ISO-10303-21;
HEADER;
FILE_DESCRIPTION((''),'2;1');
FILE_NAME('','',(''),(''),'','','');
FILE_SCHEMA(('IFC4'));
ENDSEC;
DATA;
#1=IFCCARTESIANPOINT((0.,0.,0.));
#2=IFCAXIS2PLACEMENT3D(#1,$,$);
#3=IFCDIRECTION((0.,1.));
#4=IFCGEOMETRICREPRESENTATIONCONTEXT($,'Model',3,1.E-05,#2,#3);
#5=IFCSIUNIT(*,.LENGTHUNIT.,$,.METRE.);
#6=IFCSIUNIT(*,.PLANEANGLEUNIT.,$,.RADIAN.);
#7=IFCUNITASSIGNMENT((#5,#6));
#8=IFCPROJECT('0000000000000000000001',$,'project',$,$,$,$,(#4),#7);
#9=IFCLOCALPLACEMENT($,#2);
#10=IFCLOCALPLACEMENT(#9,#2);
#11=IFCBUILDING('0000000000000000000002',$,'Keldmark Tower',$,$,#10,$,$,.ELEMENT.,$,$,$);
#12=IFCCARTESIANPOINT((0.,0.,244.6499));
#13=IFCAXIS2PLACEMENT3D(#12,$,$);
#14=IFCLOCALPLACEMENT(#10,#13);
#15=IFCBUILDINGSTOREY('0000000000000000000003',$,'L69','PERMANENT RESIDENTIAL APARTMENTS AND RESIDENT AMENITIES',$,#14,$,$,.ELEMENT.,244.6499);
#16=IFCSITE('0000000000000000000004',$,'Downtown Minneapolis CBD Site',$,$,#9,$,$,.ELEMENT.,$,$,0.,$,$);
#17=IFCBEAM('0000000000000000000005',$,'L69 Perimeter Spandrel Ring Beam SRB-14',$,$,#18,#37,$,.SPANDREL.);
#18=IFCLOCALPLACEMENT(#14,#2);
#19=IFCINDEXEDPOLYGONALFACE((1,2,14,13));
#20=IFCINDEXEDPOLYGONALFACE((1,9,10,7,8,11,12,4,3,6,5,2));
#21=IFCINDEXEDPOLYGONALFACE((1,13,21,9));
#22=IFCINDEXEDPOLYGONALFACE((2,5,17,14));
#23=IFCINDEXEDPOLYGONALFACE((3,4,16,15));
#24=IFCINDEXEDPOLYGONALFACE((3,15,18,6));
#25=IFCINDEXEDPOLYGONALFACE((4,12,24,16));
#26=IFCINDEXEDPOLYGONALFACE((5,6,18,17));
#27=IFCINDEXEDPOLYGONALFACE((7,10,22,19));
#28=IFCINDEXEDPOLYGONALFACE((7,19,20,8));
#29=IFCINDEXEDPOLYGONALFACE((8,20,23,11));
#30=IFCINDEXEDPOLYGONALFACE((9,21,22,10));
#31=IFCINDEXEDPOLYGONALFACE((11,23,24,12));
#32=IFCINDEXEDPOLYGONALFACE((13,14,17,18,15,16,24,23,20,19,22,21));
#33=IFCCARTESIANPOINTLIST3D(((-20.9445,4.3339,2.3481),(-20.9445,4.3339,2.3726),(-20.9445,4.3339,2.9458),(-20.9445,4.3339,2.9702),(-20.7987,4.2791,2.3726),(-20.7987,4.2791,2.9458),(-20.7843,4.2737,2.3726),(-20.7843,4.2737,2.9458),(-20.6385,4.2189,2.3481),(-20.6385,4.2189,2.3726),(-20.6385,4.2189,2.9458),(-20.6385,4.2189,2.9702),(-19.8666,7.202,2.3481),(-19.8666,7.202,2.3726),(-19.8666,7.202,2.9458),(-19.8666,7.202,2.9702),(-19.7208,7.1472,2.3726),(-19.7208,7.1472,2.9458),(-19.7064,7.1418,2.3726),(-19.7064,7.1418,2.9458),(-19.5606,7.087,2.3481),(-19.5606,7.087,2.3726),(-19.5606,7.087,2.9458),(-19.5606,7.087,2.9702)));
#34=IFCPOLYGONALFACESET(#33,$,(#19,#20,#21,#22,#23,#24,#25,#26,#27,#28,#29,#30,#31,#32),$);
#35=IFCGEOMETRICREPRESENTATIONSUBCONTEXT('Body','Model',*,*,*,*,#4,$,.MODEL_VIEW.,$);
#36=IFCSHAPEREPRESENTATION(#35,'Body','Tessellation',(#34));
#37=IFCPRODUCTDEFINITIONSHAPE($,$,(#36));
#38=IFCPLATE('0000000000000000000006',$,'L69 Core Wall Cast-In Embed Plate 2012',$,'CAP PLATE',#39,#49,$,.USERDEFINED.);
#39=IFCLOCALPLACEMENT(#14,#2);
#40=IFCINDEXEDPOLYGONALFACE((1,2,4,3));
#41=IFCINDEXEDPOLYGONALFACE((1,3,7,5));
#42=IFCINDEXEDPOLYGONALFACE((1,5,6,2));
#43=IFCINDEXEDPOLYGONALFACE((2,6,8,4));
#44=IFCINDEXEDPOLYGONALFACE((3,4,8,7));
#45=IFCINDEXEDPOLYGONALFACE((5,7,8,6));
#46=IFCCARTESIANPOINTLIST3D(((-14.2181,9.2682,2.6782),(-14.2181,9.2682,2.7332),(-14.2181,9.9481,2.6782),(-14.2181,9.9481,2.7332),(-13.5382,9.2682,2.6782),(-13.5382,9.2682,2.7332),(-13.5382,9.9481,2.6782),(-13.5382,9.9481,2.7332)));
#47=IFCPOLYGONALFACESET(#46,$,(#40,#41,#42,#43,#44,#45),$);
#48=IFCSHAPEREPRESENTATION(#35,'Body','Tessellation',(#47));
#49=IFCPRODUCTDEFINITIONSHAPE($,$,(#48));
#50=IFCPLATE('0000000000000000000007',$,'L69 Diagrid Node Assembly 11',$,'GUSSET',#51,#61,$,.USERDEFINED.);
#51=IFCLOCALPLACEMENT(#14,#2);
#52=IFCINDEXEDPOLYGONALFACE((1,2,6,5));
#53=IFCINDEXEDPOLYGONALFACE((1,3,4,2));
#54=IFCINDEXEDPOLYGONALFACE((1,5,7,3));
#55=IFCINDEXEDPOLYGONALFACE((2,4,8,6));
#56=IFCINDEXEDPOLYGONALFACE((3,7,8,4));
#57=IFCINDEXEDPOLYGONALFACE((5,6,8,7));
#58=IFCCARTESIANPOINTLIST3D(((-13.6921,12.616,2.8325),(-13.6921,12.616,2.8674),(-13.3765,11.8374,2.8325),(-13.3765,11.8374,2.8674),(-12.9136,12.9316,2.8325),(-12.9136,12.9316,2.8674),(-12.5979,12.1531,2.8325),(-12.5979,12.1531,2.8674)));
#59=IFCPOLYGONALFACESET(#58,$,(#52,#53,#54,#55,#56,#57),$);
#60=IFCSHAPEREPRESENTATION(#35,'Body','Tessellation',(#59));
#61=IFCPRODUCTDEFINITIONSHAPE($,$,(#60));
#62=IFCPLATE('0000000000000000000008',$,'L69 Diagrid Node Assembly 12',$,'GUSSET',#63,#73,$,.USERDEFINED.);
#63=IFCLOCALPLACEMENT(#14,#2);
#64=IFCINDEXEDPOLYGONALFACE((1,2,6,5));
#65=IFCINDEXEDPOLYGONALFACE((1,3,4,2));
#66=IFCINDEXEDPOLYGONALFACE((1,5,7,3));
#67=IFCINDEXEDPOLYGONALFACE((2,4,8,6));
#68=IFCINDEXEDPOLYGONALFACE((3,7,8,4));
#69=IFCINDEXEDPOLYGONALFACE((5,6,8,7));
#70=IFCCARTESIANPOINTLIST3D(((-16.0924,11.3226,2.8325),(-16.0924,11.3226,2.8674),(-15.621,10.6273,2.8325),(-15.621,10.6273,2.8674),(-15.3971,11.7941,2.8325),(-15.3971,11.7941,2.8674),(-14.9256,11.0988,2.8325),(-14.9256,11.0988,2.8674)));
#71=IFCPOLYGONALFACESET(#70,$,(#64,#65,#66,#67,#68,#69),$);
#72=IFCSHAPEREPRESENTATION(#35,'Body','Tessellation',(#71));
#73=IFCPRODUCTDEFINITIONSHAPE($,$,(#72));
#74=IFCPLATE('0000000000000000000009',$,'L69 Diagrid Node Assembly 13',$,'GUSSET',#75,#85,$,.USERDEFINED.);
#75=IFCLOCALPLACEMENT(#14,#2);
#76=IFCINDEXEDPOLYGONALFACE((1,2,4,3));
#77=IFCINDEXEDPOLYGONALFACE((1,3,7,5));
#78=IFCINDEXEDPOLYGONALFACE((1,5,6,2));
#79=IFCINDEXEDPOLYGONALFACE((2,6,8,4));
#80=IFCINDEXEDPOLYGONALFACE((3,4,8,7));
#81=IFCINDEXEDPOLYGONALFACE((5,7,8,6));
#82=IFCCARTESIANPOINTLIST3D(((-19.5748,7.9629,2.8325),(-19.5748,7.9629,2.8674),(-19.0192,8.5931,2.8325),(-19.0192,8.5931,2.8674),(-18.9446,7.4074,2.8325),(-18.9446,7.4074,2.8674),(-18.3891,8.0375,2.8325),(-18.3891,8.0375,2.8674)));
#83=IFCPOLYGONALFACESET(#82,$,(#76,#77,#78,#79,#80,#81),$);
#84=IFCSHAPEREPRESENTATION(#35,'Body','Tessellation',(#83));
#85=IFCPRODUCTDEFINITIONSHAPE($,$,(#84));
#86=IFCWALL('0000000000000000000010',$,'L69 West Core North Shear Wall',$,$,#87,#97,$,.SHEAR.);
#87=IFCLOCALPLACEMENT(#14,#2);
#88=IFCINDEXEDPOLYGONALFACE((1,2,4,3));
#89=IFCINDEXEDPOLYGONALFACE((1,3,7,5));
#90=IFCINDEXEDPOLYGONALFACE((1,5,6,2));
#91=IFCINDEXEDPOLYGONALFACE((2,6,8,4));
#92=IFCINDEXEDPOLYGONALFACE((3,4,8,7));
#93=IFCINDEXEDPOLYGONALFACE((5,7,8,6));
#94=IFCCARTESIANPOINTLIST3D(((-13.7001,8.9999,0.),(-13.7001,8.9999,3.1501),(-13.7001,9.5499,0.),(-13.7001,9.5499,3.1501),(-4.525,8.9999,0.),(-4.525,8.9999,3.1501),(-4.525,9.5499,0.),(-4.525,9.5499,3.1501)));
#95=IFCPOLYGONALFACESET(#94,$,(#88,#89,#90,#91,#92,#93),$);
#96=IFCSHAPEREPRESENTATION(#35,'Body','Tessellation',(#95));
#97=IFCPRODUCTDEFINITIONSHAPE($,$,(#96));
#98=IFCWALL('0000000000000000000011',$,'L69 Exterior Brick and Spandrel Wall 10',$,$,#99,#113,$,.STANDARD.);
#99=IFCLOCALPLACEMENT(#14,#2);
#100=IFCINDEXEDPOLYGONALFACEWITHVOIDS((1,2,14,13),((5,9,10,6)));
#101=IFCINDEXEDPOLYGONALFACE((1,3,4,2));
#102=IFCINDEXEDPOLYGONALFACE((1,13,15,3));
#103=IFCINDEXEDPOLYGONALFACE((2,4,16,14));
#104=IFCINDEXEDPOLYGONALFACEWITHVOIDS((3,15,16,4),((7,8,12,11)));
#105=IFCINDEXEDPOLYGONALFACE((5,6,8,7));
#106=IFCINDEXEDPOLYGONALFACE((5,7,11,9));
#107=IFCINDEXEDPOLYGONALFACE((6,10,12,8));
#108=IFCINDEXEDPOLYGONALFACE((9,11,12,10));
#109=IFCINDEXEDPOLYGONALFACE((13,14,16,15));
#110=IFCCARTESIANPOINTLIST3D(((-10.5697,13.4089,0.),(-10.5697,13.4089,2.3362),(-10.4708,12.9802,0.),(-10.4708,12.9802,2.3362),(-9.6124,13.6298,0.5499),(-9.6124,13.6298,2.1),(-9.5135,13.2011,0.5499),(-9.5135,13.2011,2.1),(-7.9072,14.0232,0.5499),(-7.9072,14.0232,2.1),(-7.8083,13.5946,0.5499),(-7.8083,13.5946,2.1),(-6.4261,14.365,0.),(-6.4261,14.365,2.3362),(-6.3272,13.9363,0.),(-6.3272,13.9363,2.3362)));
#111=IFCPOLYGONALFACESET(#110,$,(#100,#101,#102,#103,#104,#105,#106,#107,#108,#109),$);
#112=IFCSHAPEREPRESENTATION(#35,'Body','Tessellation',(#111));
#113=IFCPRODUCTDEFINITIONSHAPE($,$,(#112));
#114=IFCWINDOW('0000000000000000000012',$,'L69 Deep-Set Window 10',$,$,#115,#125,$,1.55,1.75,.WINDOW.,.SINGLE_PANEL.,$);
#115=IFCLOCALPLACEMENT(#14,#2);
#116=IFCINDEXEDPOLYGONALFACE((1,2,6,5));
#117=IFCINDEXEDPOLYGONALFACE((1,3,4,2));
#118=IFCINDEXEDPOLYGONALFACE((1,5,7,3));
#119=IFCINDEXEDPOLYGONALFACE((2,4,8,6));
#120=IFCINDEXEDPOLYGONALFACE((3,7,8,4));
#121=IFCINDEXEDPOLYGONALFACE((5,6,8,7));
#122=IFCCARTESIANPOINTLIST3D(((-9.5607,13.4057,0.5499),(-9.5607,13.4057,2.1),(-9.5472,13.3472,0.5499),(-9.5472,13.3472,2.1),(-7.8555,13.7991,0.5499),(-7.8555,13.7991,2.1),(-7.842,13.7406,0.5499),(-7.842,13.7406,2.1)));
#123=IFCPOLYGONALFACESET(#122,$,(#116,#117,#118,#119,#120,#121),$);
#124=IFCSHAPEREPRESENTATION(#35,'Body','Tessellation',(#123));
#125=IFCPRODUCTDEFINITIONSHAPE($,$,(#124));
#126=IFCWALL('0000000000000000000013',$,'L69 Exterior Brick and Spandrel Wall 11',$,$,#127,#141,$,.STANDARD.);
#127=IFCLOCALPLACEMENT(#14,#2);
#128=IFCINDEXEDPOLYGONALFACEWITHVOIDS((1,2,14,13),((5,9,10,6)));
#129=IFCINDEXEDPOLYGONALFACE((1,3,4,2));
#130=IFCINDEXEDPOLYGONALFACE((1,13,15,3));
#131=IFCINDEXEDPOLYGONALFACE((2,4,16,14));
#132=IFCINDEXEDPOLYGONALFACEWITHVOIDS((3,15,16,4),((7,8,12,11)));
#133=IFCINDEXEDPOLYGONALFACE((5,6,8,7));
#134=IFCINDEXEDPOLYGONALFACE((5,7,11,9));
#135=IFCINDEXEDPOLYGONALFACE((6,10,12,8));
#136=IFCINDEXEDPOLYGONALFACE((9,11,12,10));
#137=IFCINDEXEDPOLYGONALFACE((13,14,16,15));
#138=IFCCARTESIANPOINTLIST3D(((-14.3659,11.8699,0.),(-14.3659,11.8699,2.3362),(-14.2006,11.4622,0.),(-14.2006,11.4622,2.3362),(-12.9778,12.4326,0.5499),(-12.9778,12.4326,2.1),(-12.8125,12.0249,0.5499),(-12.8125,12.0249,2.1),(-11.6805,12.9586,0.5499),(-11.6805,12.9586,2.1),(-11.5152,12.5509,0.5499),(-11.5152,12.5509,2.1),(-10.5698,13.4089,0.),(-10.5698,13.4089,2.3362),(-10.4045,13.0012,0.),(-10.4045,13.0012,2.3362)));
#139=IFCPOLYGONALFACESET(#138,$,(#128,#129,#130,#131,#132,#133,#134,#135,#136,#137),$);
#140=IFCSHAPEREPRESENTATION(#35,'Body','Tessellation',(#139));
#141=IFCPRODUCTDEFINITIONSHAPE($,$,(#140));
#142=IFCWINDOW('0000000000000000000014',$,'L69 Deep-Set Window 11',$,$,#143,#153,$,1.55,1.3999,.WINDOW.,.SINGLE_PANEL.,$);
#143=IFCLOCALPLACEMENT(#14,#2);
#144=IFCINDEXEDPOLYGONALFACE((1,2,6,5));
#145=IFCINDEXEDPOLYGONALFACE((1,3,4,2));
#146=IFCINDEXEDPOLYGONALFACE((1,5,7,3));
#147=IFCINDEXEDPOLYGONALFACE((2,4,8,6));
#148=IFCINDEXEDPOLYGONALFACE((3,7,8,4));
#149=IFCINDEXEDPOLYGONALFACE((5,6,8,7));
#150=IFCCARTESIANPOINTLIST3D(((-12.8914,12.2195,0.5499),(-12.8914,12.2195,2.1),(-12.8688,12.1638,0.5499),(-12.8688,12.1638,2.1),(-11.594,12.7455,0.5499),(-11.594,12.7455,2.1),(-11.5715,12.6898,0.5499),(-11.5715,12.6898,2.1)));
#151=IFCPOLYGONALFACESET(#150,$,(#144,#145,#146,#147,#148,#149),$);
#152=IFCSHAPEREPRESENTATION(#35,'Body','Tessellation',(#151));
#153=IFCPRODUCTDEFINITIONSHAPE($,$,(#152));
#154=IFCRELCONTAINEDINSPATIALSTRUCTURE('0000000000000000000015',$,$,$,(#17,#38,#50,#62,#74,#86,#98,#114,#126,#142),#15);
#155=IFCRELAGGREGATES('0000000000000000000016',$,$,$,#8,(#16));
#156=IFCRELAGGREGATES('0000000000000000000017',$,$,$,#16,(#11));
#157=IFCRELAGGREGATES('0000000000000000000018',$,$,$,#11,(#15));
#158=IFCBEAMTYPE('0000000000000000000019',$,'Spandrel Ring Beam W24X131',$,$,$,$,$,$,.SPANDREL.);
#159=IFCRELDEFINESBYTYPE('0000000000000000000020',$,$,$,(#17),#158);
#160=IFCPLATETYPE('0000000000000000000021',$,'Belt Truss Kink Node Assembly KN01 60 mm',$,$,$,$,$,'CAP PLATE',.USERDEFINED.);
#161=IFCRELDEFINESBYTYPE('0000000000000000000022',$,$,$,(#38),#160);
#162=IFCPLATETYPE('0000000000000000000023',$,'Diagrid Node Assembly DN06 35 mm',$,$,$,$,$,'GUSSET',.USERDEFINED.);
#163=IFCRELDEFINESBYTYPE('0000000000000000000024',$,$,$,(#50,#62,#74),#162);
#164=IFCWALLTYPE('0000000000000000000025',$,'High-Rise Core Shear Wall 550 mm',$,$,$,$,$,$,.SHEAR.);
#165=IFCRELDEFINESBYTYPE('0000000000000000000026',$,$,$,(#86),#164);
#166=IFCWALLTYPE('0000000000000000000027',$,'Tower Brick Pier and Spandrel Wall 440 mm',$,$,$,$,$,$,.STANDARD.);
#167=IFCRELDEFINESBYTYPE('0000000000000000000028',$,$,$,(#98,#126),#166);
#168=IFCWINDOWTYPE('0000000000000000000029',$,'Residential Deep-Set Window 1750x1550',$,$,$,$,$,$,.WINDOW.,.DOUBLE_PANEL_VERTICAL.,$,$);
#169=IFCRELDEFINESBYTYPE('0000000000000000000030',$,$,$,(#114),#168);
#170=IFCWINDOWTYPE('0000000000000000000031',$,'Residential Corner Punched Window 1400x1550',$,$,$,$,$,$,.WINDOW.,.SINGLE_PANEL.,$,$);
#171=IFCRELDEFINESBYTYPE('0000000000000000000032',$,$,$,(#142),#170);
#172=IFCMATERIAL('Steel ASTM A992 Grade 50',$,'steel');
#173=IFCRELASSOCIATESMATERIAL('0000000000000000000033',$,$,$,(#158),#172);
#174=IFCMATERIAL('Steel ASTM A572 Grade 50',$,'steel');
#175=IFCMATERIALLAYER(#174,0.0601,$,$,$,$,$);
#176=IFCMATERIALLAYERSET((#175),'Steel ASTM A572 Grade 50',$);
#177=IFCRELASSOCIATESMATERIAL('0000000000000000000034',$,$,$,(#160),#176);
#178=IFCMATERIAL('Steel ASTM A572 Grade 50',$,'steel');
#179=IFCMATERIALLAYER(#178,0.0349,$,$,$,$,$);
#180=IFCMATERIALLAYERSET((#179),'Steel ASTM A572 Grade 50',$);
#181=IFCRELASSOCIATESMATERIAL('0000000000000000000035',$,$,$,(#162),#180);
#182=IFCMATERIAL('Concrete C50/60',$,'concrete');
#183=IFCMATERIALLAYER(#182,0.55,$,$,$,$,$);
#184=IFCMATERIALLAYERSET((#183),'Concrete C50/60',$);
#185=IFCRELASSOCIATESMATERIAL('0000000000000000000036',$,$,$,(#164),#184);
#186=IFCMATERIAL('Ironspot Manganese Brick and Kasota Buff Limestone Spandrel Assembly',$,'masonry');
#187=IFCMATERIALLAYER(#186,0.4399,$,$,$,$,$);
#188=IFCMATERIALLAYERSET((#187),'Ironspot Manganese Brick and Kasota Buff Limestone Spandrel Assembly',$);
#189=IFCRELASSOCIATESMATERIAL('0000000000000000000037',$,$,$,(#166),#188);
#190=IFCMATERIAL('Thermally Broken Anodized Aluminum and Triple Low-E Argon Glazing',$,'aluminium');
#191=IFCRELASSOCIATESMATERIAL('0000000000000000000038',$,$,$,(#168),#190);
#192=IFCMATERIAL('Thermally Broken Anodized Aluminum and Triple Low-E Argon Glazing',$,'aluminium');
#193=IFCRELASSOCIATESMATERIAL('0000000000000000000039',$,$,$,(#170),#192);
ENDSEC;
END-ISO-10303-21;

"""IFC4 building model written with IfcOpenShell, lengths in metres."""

from ifc_helpers import new_model, si_unit, direction, frame, frame_2d, origin, origin_2d, place, context, subcontext, project, spatial, rectangle, i_section, extrude, material, layer, layer_set, material_profile, profile_set, type_object, element, fill, save


model = new_model("IFC4")

# Units and contexts
model_context = context("Model", 3, precision=1e-05, world=origin(), true_north=direction((0.0, 1.0)))
body_context = subcontext(model_context, "Body", "Model", "MODEL_VIEW")
ifc_project = project(units=[si_unit("LENGTHUNIT", "METRE"), si_unit("PLANEANGLEUNIT", "RADIAN")], contexts=[model_context])

# Site, building, storey
site_placement = place(None, origin())
site = spatial("IfcSite", under=ifc_project, at=site_placement, Name="Downtown Minneapolis CBD Site", CompositionType="ELEMENT", RefElevation=0.0)
building_placement = place(site_placement, origin())
building = spatial("IfcBuilding", under=site, at=building_placement, Name="Keldmark Tower", CompositionType="ELEMENT")
storey_placement = place(building_placement, frame((0.0, 0.0, 244.6499)))
storey = spatial("IfcBuildingStorey", under=building, at=storey_placement, Name="L69", Description="PERMANENT RESIDENTIAL APARTMENTS AND RESIDENT AMENITIES", CompositionType="ELEMENT", Elevation=244.6499)

# Beam
ifc_material_1 = material(Name="Steel ASTM A992 Grade 50", Category="steel")
ifc_material_profile_1 = material_profile(ifc_material_1, i_section(OverallWidth=0.3269, OverallDepth=0.6221, WebThickness=0.0154, FlangeThickness=0.0244, at=origin_2d()), Name="W24X131")
ifc_profile_set_1 = profile_set([ifc_material_profile_1], Name="Steel ASTM A992 Grade 50")
beam_type_1 = type_object("IfcBeamType", Name="Spandrel Ring Beam W24X131", PredefinedType="SPANDREL", material=ifc_profile_set_1)
beam_1_placement = place(storey_placement, frame((-19.7136, 7.1445, 2.6592), z_axis=(-0.351787, -0.93608, 0.0), x_axis=(0.93608, -0.351787, 0.0)))
element("IfcBeam", 1, at=beam_1_placement, inside=storey, type_object=beam_type_1, Name="L69 Perimeter Spandrel Ring Beam SRB-14", PredefinedType="SPANDREL", context=body_context, shape_type="SweptSolid", body=[
    extrude(i_section(OverallWidth=0.3269, OverallDepth=0.6221, WebThickness=0.0154, FlangeThickness=0.0244, at=origin_2d()), origin(), (0.0, 0.0, 1.0), 3.064),
])

# Plates
ifc_material_2 = material(Name="Steel ASTM A572 Grade 50", Category="steel")
ifc_layer_1 = layer(ifc_material_2, 0.0601)
ifc_layer_set_1 = layer_set([ifc_layer_1], Name="Steel ASTM A572 Grade 50")
plate_type_1 = type_object("IfcPlateType", Name="Belt Truss Kink Node Assembly KN01 60 mm", ElementType="CAP PLATE", PredefinedType="USERDEFINED", material=ifc_layer_set_1)
plate_placement = place(storey_placement, frame((-13.8782, 9.6082, 2.6782), z_axis=(0.0, 0.0, 1.0), x_axis=(1.0, 0.0, 0.0)))
element("IfcPlate", 2, at=plate_placement, inside=storey, type_object=plate_type_1, Name="L69 Core Wall Cast-In Embed Plate 2012", ObjectType="CAP PLATE", PredefinedType="USERDEFINED", context=body_context, shape_type="SweptSolid", body=[
    extrude(rectangle(XDim=0.6799, YDim=0.6799, at=origin_2d()), origin(), (0.0, 0.0, 1.0), 0.0549),
])
ifc_material_3 = material(Name="Steel ASTM A572 Grade 50", Category="steel")
ifc_layer_2 = layer(ifc_material_3, 0.0349)
ifc_layer_set_2 = layer_set([ifc_layer_2], Name="Steel ASTM A572 Grade 50")
plate_type_2 = type_object("IfcPlateType", Name="Diagrid Node Assembly DN06 35 mm", ElementType="GUSSET", PredefinedType="USERDEFINED", material=ifc_layer_set_2)
for number, where, z_axis, x_axis, name in (
    (3, (-13.145, 12.3845, 2.8325), (0.0, 0.0, 1.0), (-0.926725, -0.375739, 0.0), "L69 Diagrid Node Assembly 11"),
    (4, (-15.509, 11.2107, 2.8325), (0.0, 0.0, 1.0), (-0.827669, -0.561217, 0.0), "L69 Diagrid Node Assembly 12"),
    (5, (-18.9819, 8.0002, 2.8325), (0.0, 0.0, 1.0), (-0.661312, -0.750111, 0.0), "L69 Diagrid Node Assembly 13"),
):
    element("IfcPlate", number, at=place(storey_placement, frame(where, z_axis=z_axis, x_axis=x_axis)), inside=storey, type_object=plate_type_2, Name=name, ObjectType="GUSSET", PredefinedType="USERDEFINED", context=body_context, shape_type="SweptSolid", body=[
        extrude(rectangle(XDim=0.8401, YDim=0.8401, at=origin_2d()), origin(), (0.0, 0.0, 1.0), 0.0349),
    ])

# Wall
ifc_material_4 = material(Name="Concrete C50/60", Category="concrete")
ifc_layer_3 = layer(ifc_material_4, 0.55)
ifc_layer_set_3 = layer_set([ifc_layer_3], Name="Concrete C50/60")
wall_type_1 = type_object("IfcWallType", Name="High-Rise Core Shear Wall 550 mm", PredefinedType="SHEAR", material=ifc_layer_set_3)
wall_1_placement = place(storey_placement, frame((-13.7, 9.2749, 0.0), z_axis=(0.0, 0.0, 1.0), x_axis=(1.0, 0.0, 0.0)))
element("IfcWall", 6, at=wall_1_placement, inside=storey, type_object=wall_type_1, Name="L69 West Core North Shear Wall", PredefinedType="SHEAR", context=body_context, shape_type="SweptSolid", body=[
    extrude(rectangle(XDim=9.175, YDim=0.55, at=frame_2d((4.5874, 0.0))), origin(), (0.0, 0.0, 1.0), 3.1501),
])

# Walls, openings, windows
ifc_material_5 = material(Name="Ironspot Manganese Brick and Kasota Buff Limestone Spandrel Assembly", Category="masonry")
ifc_layer_4 = layer(ifc_material_5, 0.4399)
ifc_layer_set_4 = layer_set([ifc_layer_4], Name="Ironspot Manganese Brick and Kasota Buff Limestone Spandrel Assembly")
wall_type_2 = type_object("IfcWallType", Name="Tower Brick Pier and Spandrel Wall 440 mm", PredefinedType="STANDARD", material=ifc_layer_set_4)
wall_2_placement = place(storey_placement, frame((-10.5203, 13.1946, 0.0), z_axis=(0.0, 0.0, 1.0), x_axis=(0.974399, 0.224826, 0.0)))
wall_2 = element("IfcWall", 7, at=wall_2_placement, inside=storey, type_object=wall_type_2, Name="L69 Exterior Brick and Spandrel Wall 10", PredefinedType="STANDARD", context=body_context, shape_type="SweptSolid", body=[
    extrude(rectangle(XDim=4.2524, YDim=0.4399, at=frame_2d((2.1262, 0.0))), origin(), (0.0, 0.0, 1.0), 2.3362),
])
opening_1_placement = place(wall_2_placement, frame((0.9824, 0.0, 0.55)))
opening_1 = element("IfcOpeningElement", 8, at=opening_1_placement, cuts=wall_2, PredefinedType="OPENING", context=body_context, shape_type="SweptSolid", body=[
    extrude(rectangle(XDim=1.75, YDim=1.55, at=frame_2d((0.875, 0.7749))), frame((0.0, 0.23, 0.0), z_axis=(0.0, -1.0, 0.0), x_axis=(1.0, 0.0, 0.0)), (0.0, 0.0, 1.0), 0.46),
])
ifc_material_6 = material(Name="Thermally Broken Anodized Aluminum and Triple Low-E Argon Glazing", Category="aluminium")
window_type_1 = type_object("IfcWindowType", Name="Residential Deep-Set Window 1750x1550", PartitioningType="DOUBLE_PANEL_VERTICAL", PredefinedType="WINDOW", material=ifc_material_6)
window_1_placement = place(opening_1_placement, origin())
window_1 = element("IfcWindow", 9, at=window_1_placement, inside=storey, type_object=window_type_1, Name="L69 Deep-Set Window 10", OverallHeight=1.55, OverallWidth=1.75, PartitioningType="SINGLE_PANEL", PredefinedType="WINDOW", context=body_context, shape_type="SweptSolid", body=[
    extrude(rectangle(XDim=1.75, YDim=1.55, at=frame_2d((0.875, 0.7749))), frame((0.0, -0.01, 0.0), z_axis=(0.0, -1.0, 0.0), x_axis=(1.0, 0.0, 0.0)), (0.0, 0.0, 1.0), 0.0601),
])
fill(opening_1, window_1)
wall_3_placement = place(storey_placement, frame((-14.2832, 11.666, 0.0), z_axis=(0.0, 0.0, 1.0), x_axis=(0.926732, 0.375723, 0.0)))
wall_3 = element("IfcWall", 10, at=wall_3_placement, inside=storey, type_object=wall_type_2, Name="L69 Exterior Brick and Spandrel Wall 11", PredefinedType="STANDARD", context=body_context, shape_type="SweptSolid", body=[
    extrude(rectangle(XDim=4.0962, YDim=0.4399, at=frame_2d((2.0481, 0.0))), origin(), (0.0, 0.0, 1.0), 2.3362),
])
opening_2_placement = place(wall_3_placement, frame((1.4978, 0.0, 0.55)))
opening_2 = element("IfcOpeningElement", 11, at=opening_2_placement, cuts=wall_3, PredefinedType="OPENING", context=body_context, shape_type="SweptSolid", body=[
    extrude(rectangle(XDim=1.3999, YDim=1.55, at=frame_2d((0.7, 0.7749))), frame((0.0, 0.23, 0.0), z_axis=(0.0, -1.0, 0.0), x_axis=(1.0, 0.0, 0.0)), (0.0, 0.0, 1.0), 0.46),
])
ifc_material_7 = material(Name="Thermally Broken Anodized Aluminum and Triple Low-E Argon Glazing", Category="aluminium")
window_type_2 = type_object("IfcWindowType", Name="Residential Corner Punched Window 1400x1550", PartitioningType="SINGLE_PANEL", PredefinedType="WINDOW", material=ifc_material_7)
window_2_placement = place(opening_2_placement, origin())
window_2 = element("IfcWindow", 12, at=window_2_placement, inside=storey, type_object=window_type_2, Name="L69 Deep-Set Window 11", OverallHeight=1.55, OverallWidth=1.3999, PartitioningType="SINGLE_PANEL", PredefinedType="WINDOW", context=body_context, shape_type="SweptSolid", body=[
    extrude(rectangle(XDim=1.3999, YDim=1.55, at=frame_2d((0.7, 0.7749))), frame((0.0, -0.01, 0.0), z_axis=(0.0, -1.0, 0.0), x_axis=(1.0, 0.0, 0.0)), (0.0, 0.0, 1.0), 0.0601),
])
fill(opening_2, window_2)

save(model, "model.ifc")
